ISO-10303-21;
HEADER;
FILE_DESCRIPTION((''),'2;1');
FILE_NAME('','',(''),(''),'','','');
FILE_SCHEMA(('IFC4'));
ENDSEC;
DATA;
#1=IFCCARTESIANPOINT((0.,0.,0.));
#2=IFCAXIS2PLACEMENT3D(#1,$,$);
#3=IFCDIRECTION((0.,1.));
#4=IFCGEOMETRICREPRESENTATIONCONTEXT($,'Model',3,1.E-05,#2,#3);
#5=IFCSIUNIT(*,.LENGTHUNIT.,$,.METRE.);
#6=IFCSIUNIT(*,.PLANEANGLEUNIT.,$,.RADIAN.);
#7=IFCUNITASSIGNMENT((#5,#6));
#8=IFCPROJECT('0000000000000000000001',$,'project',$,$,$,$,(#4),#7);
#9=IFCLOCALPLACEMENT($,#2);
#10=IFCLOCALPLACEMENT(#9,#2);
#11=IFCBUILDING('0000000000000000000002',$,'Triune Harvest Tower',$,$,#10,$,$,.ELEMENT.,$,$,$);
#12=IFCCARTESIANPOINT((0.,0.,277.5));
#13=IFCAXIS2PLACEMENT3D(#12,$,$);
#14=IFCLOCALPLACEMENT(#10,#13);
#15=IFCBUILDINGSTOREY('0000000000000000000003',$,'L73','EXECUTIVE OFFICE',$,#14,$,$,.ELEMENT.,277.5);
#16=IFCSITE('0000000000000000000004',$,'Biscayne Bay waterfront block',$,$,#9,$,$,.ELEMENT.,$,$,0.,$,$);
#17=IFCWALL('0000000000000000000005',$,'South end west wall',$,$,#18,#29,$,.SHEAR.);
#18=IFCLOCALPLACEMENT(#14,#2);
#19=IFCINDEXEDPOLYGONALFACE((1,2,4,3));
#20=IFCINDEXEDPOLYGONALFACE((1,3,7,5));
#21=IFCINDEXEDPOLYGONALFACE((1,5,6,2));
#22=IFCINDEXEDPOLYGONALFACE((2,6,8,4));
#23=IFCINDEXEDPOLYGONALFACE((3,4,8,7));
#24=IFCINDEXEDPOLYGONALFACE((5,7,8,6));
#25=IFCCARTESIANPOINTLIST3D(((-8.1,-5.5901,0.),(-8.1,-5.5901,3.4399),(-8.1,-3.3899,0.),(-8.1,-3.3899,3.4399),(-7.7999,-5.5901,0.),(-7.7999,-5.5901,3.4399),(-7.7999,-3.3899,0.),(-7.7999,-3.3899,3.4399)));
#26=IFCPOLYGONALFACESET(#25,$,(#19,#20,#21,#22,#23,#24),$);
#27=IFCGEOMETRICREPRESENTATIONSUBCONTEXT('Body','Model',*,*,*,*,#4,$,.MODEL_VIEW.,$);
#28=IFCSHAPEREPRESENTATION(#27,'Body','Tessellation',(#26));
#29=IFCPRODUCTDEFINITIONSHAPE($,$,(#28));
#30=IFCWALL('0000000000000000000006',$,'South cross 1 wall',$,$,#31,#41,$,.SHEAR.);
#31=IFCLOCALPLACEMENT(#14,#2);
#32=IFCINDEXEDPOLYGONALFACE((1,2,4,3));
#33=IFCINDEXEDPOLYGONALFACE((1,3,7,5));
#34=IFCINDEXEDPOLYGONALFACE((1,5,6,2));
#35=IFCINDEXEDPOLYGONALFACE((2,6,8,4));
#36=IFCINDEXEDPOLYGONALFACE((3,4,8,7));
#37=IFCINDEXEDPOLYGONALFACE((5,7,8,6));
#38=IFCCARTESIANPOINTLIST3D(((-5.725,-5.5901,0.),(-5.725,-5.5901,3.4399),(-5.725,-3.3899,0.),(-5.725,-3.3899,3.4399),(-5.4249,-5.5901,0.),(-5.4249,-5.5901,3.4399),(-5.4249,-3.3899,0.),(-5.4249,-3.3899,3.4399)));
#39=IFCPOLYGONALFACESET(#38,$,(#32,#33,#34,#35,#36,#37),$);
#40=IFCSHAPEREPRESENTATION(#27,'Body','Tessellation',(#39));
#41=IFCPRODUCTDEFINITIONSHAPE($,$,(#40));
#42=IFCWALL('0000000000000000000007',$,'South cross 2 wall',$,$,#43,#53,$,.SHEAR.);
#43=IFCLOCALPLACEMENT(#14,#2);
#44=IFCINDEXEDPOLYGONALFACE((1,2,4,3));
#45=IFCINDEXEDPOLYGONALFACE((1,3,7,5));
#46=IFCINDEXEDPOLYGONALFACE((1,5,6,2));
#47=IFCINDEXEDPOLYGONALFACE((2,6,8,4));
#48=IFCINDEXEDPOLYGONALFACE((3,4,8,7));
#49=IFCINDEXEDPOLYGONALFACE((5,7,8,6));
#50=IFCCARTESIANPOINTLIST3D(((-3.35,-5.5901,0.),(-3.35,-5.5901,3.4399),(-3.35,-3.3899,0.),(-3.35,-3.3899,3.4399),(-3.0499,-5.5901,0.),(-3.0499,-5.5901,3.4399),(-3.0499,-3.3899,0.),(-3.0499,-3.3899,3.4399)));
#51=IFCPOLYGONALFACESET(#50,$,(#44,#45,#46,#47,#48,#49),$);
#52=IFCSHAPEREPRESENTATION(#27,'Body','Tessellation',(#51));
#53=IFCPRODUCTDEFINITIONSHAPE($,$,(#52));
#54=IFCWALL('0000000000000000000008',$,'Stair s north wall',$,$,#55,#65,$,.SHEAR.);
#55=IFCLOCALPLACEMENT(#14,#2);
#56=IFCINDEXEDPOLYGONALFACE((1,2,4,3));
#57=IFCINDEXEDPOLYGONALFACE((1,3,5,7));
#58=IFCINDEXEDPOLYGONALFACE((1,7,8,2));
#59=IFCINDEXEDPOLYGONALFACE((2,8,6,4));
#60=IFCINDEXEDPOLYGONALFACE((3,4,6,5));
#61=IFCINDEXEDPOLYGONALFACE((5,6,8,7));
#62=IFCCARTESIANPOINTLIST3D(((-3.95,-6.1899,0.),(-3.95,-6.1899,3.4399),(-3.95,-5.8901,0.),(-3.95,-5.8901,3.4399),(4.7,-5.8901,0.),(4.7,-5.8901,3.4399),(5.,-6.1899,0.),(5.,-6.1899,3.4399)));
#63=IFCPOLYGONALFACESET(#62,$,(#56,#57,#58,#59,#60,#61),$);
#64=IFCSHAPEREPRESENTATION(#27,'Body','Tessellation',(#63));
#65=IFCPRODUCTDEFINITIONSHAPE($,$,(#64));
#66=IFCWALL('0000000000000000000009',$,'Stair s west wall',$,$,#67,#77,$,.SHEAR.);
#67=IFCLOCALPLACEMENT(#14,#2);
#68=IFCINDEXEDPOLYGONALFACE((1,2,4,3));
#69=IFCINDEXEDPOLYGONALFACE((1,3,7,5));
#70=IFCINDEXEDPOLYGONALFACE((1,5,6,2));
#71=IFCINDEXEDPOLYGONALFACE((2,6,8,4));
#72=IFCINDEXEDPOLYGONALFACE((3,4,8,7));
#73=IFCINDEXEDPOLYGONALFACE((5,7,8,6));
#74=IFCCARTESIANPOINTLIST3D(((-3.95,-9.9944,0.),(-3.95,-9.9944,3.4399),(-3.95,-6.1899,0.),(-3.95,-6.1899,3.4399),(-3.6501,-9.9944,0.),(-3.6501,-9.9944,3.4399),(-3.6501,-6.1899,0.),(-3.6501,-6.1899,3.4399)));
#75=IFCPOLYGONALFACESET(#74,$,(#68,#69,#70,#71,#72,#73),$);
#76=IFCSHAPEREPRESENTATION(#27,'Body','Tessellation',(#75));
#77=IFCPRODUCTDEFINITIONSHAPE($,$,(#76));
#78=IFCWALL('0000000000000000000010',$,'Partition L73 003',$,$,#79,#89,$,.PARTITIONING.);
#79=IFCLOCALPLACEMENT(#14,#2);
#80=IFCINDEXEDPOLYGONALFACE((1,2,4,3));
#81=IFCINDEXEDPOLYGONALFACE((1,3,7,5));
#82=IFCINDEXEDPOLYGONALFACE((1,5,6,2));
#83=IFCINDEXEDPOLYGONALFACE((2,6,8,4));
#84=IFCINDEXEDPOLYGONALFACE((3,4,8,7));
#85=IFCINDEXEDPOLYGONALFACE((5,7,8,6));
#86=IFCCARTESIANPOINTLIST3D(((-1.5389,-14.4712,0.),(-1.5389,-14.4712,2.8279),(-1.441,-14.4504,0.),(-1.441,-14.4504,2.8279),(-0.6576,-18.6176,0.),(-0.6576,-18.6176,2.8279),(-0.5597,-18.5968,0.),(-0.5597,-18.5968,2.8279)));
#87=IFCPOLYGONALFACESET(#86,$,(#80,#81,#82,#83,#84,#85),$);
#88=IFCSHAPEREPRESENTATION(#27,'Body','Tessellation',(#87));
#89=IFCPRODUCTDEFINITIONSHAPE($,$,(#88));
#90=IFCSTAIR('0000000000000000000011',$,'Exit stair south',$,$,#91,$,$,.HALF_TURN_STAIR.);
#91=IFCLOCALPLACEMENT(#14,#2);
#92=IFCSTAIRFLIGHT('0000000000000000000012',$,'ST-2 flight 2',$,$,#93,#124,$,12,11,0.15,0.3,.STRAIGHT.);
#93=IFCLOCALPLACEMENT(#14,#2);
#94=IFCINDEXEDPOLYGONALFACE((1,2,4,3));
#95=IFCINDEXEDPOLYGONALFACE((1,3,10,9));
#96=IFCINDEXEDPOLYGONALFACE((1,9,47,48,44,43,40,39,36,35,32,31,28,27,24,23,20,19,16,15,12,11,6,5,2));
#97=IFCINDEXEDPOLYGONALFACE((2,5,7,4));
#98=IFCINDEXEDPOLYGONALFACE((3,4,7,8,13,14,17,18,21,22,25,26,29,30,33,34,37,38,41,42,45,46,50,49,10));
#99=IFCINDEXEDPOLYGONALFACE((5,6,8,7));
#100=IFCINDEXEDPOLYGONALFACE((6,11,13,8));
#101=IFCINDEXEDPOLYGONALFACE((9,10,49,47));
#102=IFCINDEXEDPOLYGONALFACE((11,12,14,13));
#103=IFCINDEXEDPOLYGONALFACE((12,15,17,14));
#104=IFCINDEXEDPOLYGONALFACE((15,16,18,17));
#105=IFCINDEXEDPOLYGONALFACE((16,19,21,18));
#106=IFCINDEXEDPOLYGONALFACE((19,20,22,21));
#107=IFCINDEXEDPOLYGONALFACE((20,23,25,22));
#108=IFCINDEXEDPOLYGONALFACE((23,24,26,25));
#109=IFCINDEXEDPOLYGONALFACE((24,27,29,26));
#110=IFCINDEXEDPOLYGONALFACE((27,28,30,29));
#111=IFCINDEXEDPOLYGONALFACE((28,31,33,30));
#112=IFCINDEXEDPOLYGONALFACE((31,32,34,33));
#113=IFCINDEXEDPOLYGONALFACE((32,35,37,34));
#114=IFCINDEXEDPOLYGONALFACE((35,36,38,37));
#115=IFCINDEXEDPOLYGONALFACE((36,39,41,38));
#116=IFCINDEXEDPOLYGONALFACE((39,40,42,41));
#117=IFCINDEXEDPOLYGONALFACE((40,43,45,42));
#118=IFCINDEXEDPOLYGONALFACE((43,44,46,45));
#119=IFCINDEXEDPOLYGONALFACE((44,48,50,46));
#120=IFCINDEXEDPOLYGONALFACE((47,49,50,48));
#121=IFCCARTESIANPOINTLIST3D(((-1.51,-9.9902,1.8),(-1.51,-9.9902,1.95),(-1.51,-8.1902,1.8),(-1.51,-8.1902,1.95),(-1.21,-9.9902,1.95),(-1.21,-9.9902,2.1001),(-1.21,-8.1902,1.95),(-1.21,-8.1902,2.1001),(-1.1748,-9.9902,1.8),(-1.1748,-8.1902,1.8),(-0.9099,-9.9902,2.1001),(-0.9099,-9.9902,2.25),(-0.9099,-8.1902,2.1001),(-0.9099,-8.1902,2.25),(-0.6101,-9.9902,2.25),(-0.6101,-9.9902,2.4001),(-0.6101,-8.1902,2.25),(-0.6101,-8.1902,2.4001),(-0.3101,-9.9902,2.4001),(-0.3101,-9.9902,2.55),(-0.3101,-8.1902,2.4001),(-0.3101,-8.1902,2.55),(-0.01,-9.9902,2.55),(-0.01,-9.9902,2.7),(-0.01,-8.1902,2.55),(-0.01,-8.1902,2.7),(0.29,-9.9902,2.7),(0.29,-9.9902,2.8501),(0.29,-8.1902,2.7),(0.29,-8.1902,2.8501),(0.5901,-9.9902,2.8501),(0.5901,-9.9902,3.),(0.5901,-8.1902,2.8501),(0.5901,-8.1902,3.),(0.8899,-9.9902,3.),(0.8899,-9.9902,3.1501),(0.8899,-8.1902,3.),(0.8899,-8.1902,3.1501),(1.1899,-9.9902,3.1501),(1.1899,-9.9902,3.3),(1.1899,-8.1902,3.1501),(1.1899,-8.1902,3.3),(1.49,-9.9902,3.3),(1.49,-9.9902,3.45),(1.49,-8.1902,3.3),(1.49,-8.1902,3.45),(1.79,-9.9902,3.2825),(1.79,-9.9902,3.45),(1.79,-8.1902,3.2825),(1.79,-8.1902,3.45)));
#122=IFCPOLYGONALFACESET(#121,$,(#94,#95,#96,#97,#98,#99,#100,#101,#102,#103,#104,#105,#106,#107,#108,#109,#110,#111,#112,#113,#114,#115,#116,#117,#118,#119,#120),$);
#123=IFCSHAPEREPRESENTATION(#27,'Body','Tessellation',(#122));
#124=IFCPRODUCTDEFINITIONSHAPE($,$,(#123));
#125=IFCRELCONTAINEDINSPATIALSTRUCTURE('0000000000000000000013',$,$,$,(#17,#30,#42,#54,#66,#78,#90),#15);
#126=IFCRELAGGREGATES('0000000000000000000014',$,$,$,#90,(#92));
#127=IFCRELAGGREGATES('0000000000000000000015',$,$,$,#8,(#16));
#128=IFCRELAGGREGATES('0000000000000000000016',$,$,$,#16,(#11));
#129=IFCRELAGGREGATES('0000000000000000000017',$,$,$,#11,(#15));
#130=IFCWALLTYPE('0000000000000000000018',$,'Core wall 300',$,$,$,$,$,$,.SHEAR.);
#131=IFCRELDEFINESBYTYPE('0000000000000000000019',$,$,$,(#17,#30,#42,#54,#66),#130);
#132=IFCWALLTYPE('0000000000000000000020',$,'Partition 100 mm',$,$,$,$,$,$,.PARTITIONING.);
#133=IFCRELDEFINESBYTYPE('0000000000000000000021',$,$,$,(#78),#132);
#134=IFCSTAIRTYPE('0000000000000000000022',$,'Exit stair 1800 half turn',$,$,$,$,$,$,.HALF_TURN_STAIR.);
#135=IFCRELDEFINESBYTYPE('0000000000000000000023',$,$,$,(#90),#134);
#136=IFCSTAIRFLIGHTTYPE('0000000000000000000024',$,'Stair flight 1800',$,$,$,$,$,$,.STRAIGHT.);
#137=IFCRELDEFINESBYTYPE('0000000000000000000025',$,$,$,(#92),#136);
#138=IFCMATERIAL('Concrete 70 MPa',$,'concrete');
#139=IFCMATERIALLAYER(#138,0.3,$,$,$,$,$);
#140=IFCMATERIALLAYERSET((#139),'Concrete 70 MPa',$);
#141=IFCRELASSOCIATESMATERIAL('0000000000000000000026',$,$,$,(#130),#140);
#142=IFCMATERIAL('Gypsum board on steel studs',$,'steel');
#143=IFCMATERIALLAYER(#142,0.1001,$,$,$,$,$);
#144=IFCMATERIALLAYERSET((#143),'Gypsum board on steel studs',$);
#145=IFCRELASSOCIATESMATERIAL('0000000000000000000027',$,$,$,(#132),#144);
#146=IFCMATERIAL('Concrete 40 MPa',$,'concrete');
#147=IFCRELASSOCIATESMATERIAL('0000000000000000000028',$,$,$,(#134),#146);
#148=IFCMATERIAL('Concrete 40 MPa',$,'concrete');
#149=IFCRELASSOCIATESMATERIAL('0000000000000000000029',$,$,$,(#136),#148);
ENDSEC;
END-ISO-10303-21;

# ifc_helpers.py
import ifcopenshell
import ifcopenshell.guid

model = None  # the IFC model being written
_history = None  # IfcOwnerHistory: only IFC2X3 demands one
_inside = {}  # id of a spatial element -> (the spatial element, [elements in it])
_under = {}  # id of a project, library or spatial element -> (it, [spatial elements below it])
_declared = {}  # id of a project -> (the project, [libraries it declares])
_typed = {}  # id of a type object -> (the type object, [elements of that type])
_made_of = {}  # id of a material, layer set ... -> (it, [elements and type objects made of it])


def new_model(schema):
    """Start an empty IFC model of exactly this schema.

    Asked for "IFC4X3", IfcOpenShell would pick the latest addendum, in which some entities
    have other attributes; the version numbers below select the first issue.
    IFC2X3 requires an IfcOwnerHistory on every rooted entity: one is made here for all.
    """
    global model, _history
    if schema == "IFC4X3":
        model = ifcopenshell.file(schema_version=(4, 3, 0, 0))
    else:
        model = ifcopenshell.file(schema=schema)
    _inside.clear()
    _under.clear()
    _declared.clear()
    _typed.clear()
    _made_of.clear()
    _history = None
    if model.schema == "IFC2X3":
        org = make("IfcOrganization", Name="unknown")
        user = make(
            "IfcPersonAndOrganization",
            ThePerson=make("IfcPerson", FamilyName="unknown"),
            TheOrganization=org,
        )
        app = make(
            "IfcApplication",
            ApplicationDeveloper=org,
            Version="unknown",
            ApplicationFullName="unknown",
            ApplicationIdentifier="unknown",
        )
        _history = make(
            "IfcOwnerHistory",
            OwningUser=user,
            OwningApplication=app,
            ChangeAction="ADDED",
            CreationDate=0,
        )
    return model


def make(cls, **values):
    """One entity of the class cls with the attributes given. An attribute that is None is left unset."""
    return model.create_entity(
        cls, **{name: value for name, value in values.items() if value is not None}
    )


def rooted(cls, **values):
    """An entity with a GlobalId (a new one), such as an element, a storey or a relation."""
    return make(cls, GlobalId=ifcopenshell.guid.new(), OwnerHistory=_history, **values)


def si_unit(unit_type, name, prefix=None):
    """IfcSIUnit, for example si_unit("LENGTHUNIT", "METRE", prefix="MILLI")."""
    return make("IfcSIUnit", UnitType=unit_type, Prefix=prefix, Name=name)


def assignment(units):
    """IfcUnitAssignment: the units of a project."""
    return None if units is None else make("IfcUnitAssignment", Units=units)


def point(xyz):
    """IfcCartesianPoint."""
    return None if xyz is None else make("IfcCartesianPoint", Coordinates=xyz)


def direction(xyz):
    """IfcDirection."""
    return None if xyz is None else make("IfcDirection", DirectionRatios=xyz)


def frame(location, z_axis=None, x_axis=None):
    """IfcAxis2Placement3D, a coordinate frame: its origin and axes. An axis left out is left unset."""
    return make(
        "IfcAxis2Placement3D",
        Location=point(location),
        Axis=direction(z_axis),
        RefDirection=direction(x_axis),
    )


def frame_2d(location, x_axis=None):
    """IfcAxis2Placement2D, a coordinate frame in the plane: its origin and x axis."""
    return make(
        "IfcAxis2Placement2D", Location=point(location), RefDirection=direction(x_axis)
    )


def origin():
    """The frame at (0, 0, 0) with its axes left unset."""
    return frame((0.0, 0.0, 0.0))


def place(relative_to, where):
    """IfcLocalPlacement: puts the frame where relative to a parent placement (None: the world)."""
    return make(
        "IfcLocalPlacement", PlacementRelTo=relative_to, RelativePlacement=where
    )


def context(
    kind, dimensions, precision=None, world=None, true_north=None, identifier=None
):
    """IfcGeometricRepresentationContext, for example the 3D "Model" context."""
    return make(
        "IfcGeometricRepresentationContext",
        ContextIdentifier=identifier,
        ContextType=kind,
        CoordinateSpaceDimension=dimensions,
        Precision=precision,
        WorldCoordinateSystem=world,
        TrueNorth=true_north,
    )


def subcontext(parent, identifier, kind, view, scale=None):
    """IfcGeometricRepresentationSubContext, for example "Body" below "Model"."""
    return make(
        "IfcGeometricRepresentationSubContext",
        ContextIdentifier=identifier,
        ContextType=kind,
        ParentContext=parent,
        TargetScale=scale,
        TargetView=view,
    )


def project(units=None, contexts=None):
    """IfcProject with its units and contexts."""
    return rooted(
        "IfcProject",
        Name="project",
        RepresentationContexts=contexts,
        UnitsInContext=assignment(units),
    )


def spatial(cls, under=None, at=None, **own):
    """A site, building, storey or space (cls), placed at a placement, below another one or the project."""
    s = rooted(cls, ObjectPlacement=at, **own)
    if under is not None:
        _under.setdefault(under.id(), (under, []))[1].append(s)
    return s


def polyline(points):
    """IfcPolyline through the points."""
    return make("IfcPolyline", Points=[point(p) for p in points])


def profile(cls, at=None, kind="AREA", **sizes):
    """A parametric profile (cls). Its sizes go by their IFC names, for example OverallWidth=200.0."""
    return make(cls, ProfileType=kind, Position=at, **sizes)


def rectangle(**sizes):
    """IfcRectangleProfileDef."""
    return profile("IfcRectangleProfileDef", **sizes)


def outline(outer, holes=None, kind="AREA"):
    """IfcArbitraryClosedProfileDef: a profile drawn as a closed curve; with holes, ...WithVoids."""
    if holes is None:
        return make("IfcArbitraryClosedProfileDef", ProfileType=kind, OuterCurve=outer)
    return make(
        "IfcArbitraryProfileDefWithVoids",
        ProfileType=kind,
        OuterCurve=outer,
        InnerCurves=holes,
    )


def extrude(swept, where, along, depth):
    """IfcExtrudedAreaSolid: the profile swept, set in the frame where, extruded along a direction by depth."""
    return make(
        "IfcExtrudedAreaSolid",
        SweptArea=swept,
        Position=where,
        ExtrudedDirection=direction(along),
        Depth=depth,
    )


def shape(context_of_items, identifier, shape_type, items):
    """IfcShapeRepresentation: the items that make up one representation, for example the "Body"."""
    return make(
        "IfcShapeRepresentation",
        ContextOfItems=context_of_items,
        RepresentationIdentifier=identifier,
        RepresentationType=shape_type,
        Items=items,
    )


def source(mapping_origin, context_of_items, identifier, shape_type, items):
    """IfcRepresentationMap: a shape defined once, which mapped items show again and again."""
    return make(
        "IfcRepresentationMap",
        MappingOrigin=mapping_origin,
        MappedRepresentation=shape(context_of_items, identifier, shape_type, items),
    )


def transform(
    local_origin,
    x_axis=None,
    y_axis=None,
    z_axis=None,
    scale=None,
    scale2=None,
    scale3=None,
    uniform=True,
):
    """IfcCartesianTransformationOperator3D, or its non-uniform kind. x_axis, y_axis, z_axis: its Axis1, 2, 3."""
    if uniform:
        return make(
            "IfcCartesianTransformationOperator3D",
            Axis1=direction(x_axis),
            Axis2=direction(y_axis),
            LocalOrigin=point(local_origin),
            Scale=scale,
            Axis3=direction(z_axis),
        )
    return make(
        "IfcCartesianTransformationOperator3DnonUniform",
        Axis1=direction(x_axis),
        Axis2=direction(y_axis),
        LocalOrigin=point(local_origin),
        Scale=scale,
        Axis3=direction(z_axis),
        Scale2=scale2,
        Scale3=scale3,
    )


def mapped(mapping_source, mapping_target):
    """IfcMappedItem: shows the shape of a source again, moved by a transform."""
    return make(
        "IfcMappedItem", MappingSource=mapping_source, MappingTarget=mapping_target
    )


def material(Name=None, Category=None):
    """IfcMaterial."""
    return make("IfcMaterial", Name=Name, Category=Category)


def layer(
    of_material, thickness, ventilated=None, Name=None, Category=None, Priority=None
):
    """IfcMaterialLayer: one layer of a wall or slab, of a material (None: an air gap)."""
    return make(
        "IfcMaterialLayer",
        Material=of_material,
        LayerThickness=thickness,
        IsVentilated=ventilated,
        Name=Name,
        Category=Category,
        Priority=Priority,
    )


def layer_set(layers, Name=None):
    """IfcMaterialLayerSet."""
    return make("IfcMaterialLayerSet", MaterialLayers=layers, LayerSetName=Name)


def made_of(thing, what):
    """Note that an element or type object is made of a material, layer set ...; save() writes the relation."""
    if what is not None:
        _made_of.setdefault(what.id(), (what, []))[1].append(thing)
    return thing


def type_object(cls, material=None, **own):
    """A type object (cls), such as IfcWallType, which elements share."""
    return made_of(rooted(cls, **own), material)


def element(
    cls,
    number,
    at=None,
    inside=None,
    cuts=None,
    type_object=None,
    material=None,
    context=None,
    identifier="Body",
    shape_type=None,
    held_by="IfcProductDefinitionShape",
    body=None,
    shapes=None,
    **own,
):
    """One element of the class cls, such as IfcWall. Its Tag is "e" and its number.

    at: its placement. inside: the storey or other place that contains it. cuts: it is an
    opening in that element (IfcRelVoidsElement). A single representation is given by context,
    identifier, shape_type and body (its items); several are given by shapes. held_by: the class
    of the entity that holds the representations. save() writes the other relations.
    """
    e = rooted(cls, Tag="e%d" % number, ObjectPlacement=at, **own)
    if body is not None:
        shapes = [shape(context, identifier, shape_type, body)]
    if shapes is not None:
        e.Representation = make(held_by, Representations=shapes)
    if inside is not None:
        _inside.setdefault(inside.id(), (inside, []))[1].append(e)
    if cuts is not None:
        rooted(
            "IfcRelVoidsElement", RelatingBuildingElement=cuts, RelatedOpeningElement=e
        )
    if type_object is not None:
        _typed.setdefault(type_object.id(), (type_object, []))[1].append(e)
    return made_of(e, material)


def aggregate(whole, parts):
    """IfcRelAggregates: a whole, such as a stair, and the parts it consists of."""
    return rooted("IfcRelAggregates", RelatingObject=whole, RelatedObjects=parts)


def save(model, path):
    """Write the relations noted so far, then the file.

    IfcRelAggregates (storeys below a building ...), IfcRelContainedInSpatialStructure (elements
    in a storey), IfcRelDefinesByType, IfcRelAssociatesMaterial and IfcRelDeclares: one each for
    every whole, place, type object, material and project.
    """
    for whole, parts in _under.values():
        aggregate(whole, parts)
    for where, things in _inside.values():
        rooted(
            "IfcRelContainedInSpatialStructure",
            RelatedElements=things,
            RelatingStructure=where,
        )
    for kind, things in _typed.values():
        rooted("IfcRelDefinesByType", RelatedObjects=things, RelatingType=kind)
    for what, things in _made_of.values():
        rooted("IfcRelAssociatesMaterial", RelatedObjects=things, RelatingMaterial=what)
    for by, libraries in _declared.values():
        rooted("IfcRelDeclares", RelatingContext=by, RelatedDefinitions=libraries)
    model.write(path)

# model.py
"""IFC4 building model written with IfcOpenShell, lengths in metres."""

from ifc_helpers import new_model, si_unit, direction, frame, frame_2d, origin, place, context, subcontext, project, spatial, polyline, rectangle, outline, extrude, source, transform, mapped, material, layer, layer_set, type_object, element, aggregate, save


model = new_model("IFC4")

# Units and contexts
model_context = context("Model", 3, precision=1e-05, world=origin(), true_north=direction((0.0, 1.0)))
body_context = subcontext(model_context, "Body", "Model", "MODEL_VIEW")
ifc_project = project(units=[si_unit("LENGTHUNIT", "METRE"), si_unit("PLANEANGLEUNIT", "RADIAN")], contexts=[model_context])

# Site, building, storey
site_placement = place(None, origin())
site = spatial("IfcSite", under=ifc_project, at=site_placement, Name="Biscayne Bay waterfront block", CompositionType="ELEMENT", RefElevation=0.0)
building_placement = place(site_placement, origin())
building = spatial("IfcBuilding", under=site, at=building_placement, Name="Triune Harvest Tower", CompositionType="ELEMENT")
storey_placement = place(building_placement, frame((0.0, 0.0, 277.5)))
storey = spatial("IfcBuildingStorey", under=building, at=storey_placement, Name="L73", Description="EXECUTIVE OFFICE", CompositionType="ELEMENT", Elevation=277.5)

# Shared definitions
ifc_material_1 = material(Name="Concrete 70 MPa", Category="concrete")
ifc_layer_1 = layer(ifc_material_1, 0.3)
ifc_layer_set_1 = layer_set([ifc_layer_1], Name="Concrete 70 MPa")
wall_type_1 = type_object("IfcWallType", Name="Core wall 300", PredefinedType="SHEAR", material=ifc_layer_set_1)

# Walls
shared_shape_1 = source(origin(), body_context, "Body", "SweptSolid", [
    extrude(rectangle(XDim=2.2002, YDim=0.3, at=frame_2d((1.1001, 0.0))), origin(), (0.0, 0.0, 1.0), 3.4399),
])
for number, where, z_axis, x_axis, name in (
    (1, (-7.95, -5.5901, 0.0), (0.0, 0.0, 1.0), (0.0, 1.0, 0.0), "South end west wall"),
    (2, (-5.575, -5.5901, 0.0), (0.0, 0.0, 1.0), (0.0, 1.0, 0.0), "South cross 1 wall"),
    (3, (-3.2, -5.5901, 0.0), (0.0, 0.0, 1.0), (0.0, 1.0, 0.0), "South cross 2 wall"),
):
    element("IfcWall", number, at=place(storey_placement, frame(where, z_axis=z_axis, x_axis=x_axis)), inside=storey, type_object=wall_type_1, Name=name, PredefinedType="SHEAR", context=body_context, shape_type="MappedRepresentation", body=[
        mapped(shared_shape_1, transform((0.0, 0.0, 0.0), scale=1.0)),
    ])
shared_shape_2 = source(origin(), body_context, "Body", "SweptSolid", [
    extrude(outline(polyline([(0.0, -0.1499), (8.95, -0.1499), (8.6499, 0.1499), (0.0, 0.1499), (0.0, -0.1499)])), origin(), (0.0, 0.0, 1.0), 3.4399),
])
wall_1_placement = place(storey_placement, frame((-3.95, -6.04, 0.0), z_axis=(0.0, 0.0, 1.0), x_axis=(1.0, 0.0, 0.0)))
element("IfcWall", 4, at=wall_1_placement, inside=storey, type_object=wall_type_1, Name="Stair s north wall", PredefinedType="SHEAR", context=body_context, shape_type="MappedRepresentation", body=[
    mapped(shared_shape_2, transform((0.0, 0.0, 0.0), scale=1.0)),
])
shared_shape_3 = source(origin(), body_context, "Body", "SweptSolid", [
    extrude(outline(polyline([(3.8, -0.1499), (-0.0044, -0.1499), (-0.0044, 0.1499), (3.8, 0.1499), (3.8, -0.1499)])), origin(), (0.0, 0.0, 1.0), 3.4399),
])
wall_2_placement = place(storey_placement, frame((-3.8, -9.99, 0.0), z_axis=(0.0, 0.0, 1.0), x_axis=(0.0, 1.0, 0.0)))
element("IfcWall", 5, at=wall_2_placement, inside=storey, type_object=wall_type_1, Name="Stair s west wall", PredefinedType="SHEAR", context=body_context, shape_type="MappedRepresentation", body=[
    mapped(shared_shape_3, transform((0.0, 0.0, 0.0), scale=1.0)),
])
ifc_material_2 = material(Name="Gypsum board on steel studs", Category="steel")
ifc_layer_2 = layer(ifc_material_2, 0.1001)
ifc_layer_set_2 = layer_set([ifc_layer_2], Name="Gypsum board on steel studs")
wall_type_2 = type_object("IfcWallType", Name="Partition 100 mm", PredefinedType="PARTITIONING", material=ifc_layer_set_2)
shared_shape_4 = source(origin(), body_context, "Body", "SweptSolid", [
    extrude(rectangle(XDim=4.239, YDim=0.1001, at=frame_2d((2.1196, 0.0))), origin(), (0.0, 0.0, 1.0), 2.8279),
])
wall_3_placement = place(storey_placement, frame((-1.49, -14.4607, 0.0), z_axis=(0.0, 0.0, 1.0), x_axis=(0.207908, -0.978148, 0.0)))
element("IfcWall", 6, at=wall_3_placement, inside=storey, type_object=wall_type_2, Name="Partition L73 003", PredefinedType="PARTITIONING", context=body_context, shape_type="MappedRepresentation", body=[
    mapped(shared_shape_4, transform((0.0, 0.0, 0.0), scale=1.0)),
])

# Stair, stair flight
ifc_material_3 = material(Name="Concrete 40 MPa", Category="concrete")
stair_type = type_object("IfcStairType", Name="Exit stair 1800 half turn", PredefinedType="HALF_TURN_STAIR", material=ifc_material_3)
stair_placement = place(storey_placement, origin())
stair = element("IfcStair", 7, at=stair_placement, inside=storey, type_object=stair_type, Name="Exit stair south", PredefinedType="HALF_TURN_STAIR")
ifc_material_4 = material(Name="Concrete 40 MPa", Category="concrete")
stair_flight_type = type_object("IfcStairFlightType", Name="Stair flight 1800", PredefinedType="STRAIGHT", material=ifc_material_4)
shared_shape_5 = source(origin(), body_context, "Body", "SweptSolid", [
    extrude(outline(polyline([(0.0, 0.0), (0.0, 0.1499), (0.3, 0.1499), (0.3, 0.3), (0.6001, 0.3), (0.6001, 0.45), (0.8999, 0.45), (0.8999, 0.6001), (1.2, 0.6001), (1.2, 0.75), (1.5, 0.75), (1.5, 0.8999), (1.8, 0.8999), (1.8, 1.05), (2.1001, 1.05), (2.1001, 1.2), (2.3999, 1.2), (2.3999, 1.3501), (2.7, 1.3501), (2.7, 1.5), (3.0, 1.5), (3.0, 1.6499), (3.3, 1.6499), (3.3, 1.8), (3.3, 1.4824), (0.3352, 0.0), (0.0, 0.0)])), frame((0.0, 0.8999, 0.0), z_axis=(0.0, -1.0, 0.0), x_axis=(1.0, 0.0, 0.0)), (0.0, 0.0, 1.0), 1.8),
])
stair_flight_placement = place(storey_placement, frame((-1.51, -9.0901, 1.8), z_axis=(0.0, 0.0, 1.0), x_axis=(1.0, 0.0, 0.0)))
stair_flight = element("IfcStairFlight", 8, at=stair_flight_placement, type_object=stair_flight_type, Name="ST-2 flight 2", NumberOfRisers=12, NumberOfTreads=11, PredefinedType="STRAIGHT", RiserHeight=0.15, TreadLength=0.3, context=body_context, shape_type="MappedRepresentation", body=[
    mapped(shared_shape_5, transform((0.0, 0.0, 0.0), scale=1.0)),
])
aggregate(stair, [stair_flight])

save(model, "model.ifc")
